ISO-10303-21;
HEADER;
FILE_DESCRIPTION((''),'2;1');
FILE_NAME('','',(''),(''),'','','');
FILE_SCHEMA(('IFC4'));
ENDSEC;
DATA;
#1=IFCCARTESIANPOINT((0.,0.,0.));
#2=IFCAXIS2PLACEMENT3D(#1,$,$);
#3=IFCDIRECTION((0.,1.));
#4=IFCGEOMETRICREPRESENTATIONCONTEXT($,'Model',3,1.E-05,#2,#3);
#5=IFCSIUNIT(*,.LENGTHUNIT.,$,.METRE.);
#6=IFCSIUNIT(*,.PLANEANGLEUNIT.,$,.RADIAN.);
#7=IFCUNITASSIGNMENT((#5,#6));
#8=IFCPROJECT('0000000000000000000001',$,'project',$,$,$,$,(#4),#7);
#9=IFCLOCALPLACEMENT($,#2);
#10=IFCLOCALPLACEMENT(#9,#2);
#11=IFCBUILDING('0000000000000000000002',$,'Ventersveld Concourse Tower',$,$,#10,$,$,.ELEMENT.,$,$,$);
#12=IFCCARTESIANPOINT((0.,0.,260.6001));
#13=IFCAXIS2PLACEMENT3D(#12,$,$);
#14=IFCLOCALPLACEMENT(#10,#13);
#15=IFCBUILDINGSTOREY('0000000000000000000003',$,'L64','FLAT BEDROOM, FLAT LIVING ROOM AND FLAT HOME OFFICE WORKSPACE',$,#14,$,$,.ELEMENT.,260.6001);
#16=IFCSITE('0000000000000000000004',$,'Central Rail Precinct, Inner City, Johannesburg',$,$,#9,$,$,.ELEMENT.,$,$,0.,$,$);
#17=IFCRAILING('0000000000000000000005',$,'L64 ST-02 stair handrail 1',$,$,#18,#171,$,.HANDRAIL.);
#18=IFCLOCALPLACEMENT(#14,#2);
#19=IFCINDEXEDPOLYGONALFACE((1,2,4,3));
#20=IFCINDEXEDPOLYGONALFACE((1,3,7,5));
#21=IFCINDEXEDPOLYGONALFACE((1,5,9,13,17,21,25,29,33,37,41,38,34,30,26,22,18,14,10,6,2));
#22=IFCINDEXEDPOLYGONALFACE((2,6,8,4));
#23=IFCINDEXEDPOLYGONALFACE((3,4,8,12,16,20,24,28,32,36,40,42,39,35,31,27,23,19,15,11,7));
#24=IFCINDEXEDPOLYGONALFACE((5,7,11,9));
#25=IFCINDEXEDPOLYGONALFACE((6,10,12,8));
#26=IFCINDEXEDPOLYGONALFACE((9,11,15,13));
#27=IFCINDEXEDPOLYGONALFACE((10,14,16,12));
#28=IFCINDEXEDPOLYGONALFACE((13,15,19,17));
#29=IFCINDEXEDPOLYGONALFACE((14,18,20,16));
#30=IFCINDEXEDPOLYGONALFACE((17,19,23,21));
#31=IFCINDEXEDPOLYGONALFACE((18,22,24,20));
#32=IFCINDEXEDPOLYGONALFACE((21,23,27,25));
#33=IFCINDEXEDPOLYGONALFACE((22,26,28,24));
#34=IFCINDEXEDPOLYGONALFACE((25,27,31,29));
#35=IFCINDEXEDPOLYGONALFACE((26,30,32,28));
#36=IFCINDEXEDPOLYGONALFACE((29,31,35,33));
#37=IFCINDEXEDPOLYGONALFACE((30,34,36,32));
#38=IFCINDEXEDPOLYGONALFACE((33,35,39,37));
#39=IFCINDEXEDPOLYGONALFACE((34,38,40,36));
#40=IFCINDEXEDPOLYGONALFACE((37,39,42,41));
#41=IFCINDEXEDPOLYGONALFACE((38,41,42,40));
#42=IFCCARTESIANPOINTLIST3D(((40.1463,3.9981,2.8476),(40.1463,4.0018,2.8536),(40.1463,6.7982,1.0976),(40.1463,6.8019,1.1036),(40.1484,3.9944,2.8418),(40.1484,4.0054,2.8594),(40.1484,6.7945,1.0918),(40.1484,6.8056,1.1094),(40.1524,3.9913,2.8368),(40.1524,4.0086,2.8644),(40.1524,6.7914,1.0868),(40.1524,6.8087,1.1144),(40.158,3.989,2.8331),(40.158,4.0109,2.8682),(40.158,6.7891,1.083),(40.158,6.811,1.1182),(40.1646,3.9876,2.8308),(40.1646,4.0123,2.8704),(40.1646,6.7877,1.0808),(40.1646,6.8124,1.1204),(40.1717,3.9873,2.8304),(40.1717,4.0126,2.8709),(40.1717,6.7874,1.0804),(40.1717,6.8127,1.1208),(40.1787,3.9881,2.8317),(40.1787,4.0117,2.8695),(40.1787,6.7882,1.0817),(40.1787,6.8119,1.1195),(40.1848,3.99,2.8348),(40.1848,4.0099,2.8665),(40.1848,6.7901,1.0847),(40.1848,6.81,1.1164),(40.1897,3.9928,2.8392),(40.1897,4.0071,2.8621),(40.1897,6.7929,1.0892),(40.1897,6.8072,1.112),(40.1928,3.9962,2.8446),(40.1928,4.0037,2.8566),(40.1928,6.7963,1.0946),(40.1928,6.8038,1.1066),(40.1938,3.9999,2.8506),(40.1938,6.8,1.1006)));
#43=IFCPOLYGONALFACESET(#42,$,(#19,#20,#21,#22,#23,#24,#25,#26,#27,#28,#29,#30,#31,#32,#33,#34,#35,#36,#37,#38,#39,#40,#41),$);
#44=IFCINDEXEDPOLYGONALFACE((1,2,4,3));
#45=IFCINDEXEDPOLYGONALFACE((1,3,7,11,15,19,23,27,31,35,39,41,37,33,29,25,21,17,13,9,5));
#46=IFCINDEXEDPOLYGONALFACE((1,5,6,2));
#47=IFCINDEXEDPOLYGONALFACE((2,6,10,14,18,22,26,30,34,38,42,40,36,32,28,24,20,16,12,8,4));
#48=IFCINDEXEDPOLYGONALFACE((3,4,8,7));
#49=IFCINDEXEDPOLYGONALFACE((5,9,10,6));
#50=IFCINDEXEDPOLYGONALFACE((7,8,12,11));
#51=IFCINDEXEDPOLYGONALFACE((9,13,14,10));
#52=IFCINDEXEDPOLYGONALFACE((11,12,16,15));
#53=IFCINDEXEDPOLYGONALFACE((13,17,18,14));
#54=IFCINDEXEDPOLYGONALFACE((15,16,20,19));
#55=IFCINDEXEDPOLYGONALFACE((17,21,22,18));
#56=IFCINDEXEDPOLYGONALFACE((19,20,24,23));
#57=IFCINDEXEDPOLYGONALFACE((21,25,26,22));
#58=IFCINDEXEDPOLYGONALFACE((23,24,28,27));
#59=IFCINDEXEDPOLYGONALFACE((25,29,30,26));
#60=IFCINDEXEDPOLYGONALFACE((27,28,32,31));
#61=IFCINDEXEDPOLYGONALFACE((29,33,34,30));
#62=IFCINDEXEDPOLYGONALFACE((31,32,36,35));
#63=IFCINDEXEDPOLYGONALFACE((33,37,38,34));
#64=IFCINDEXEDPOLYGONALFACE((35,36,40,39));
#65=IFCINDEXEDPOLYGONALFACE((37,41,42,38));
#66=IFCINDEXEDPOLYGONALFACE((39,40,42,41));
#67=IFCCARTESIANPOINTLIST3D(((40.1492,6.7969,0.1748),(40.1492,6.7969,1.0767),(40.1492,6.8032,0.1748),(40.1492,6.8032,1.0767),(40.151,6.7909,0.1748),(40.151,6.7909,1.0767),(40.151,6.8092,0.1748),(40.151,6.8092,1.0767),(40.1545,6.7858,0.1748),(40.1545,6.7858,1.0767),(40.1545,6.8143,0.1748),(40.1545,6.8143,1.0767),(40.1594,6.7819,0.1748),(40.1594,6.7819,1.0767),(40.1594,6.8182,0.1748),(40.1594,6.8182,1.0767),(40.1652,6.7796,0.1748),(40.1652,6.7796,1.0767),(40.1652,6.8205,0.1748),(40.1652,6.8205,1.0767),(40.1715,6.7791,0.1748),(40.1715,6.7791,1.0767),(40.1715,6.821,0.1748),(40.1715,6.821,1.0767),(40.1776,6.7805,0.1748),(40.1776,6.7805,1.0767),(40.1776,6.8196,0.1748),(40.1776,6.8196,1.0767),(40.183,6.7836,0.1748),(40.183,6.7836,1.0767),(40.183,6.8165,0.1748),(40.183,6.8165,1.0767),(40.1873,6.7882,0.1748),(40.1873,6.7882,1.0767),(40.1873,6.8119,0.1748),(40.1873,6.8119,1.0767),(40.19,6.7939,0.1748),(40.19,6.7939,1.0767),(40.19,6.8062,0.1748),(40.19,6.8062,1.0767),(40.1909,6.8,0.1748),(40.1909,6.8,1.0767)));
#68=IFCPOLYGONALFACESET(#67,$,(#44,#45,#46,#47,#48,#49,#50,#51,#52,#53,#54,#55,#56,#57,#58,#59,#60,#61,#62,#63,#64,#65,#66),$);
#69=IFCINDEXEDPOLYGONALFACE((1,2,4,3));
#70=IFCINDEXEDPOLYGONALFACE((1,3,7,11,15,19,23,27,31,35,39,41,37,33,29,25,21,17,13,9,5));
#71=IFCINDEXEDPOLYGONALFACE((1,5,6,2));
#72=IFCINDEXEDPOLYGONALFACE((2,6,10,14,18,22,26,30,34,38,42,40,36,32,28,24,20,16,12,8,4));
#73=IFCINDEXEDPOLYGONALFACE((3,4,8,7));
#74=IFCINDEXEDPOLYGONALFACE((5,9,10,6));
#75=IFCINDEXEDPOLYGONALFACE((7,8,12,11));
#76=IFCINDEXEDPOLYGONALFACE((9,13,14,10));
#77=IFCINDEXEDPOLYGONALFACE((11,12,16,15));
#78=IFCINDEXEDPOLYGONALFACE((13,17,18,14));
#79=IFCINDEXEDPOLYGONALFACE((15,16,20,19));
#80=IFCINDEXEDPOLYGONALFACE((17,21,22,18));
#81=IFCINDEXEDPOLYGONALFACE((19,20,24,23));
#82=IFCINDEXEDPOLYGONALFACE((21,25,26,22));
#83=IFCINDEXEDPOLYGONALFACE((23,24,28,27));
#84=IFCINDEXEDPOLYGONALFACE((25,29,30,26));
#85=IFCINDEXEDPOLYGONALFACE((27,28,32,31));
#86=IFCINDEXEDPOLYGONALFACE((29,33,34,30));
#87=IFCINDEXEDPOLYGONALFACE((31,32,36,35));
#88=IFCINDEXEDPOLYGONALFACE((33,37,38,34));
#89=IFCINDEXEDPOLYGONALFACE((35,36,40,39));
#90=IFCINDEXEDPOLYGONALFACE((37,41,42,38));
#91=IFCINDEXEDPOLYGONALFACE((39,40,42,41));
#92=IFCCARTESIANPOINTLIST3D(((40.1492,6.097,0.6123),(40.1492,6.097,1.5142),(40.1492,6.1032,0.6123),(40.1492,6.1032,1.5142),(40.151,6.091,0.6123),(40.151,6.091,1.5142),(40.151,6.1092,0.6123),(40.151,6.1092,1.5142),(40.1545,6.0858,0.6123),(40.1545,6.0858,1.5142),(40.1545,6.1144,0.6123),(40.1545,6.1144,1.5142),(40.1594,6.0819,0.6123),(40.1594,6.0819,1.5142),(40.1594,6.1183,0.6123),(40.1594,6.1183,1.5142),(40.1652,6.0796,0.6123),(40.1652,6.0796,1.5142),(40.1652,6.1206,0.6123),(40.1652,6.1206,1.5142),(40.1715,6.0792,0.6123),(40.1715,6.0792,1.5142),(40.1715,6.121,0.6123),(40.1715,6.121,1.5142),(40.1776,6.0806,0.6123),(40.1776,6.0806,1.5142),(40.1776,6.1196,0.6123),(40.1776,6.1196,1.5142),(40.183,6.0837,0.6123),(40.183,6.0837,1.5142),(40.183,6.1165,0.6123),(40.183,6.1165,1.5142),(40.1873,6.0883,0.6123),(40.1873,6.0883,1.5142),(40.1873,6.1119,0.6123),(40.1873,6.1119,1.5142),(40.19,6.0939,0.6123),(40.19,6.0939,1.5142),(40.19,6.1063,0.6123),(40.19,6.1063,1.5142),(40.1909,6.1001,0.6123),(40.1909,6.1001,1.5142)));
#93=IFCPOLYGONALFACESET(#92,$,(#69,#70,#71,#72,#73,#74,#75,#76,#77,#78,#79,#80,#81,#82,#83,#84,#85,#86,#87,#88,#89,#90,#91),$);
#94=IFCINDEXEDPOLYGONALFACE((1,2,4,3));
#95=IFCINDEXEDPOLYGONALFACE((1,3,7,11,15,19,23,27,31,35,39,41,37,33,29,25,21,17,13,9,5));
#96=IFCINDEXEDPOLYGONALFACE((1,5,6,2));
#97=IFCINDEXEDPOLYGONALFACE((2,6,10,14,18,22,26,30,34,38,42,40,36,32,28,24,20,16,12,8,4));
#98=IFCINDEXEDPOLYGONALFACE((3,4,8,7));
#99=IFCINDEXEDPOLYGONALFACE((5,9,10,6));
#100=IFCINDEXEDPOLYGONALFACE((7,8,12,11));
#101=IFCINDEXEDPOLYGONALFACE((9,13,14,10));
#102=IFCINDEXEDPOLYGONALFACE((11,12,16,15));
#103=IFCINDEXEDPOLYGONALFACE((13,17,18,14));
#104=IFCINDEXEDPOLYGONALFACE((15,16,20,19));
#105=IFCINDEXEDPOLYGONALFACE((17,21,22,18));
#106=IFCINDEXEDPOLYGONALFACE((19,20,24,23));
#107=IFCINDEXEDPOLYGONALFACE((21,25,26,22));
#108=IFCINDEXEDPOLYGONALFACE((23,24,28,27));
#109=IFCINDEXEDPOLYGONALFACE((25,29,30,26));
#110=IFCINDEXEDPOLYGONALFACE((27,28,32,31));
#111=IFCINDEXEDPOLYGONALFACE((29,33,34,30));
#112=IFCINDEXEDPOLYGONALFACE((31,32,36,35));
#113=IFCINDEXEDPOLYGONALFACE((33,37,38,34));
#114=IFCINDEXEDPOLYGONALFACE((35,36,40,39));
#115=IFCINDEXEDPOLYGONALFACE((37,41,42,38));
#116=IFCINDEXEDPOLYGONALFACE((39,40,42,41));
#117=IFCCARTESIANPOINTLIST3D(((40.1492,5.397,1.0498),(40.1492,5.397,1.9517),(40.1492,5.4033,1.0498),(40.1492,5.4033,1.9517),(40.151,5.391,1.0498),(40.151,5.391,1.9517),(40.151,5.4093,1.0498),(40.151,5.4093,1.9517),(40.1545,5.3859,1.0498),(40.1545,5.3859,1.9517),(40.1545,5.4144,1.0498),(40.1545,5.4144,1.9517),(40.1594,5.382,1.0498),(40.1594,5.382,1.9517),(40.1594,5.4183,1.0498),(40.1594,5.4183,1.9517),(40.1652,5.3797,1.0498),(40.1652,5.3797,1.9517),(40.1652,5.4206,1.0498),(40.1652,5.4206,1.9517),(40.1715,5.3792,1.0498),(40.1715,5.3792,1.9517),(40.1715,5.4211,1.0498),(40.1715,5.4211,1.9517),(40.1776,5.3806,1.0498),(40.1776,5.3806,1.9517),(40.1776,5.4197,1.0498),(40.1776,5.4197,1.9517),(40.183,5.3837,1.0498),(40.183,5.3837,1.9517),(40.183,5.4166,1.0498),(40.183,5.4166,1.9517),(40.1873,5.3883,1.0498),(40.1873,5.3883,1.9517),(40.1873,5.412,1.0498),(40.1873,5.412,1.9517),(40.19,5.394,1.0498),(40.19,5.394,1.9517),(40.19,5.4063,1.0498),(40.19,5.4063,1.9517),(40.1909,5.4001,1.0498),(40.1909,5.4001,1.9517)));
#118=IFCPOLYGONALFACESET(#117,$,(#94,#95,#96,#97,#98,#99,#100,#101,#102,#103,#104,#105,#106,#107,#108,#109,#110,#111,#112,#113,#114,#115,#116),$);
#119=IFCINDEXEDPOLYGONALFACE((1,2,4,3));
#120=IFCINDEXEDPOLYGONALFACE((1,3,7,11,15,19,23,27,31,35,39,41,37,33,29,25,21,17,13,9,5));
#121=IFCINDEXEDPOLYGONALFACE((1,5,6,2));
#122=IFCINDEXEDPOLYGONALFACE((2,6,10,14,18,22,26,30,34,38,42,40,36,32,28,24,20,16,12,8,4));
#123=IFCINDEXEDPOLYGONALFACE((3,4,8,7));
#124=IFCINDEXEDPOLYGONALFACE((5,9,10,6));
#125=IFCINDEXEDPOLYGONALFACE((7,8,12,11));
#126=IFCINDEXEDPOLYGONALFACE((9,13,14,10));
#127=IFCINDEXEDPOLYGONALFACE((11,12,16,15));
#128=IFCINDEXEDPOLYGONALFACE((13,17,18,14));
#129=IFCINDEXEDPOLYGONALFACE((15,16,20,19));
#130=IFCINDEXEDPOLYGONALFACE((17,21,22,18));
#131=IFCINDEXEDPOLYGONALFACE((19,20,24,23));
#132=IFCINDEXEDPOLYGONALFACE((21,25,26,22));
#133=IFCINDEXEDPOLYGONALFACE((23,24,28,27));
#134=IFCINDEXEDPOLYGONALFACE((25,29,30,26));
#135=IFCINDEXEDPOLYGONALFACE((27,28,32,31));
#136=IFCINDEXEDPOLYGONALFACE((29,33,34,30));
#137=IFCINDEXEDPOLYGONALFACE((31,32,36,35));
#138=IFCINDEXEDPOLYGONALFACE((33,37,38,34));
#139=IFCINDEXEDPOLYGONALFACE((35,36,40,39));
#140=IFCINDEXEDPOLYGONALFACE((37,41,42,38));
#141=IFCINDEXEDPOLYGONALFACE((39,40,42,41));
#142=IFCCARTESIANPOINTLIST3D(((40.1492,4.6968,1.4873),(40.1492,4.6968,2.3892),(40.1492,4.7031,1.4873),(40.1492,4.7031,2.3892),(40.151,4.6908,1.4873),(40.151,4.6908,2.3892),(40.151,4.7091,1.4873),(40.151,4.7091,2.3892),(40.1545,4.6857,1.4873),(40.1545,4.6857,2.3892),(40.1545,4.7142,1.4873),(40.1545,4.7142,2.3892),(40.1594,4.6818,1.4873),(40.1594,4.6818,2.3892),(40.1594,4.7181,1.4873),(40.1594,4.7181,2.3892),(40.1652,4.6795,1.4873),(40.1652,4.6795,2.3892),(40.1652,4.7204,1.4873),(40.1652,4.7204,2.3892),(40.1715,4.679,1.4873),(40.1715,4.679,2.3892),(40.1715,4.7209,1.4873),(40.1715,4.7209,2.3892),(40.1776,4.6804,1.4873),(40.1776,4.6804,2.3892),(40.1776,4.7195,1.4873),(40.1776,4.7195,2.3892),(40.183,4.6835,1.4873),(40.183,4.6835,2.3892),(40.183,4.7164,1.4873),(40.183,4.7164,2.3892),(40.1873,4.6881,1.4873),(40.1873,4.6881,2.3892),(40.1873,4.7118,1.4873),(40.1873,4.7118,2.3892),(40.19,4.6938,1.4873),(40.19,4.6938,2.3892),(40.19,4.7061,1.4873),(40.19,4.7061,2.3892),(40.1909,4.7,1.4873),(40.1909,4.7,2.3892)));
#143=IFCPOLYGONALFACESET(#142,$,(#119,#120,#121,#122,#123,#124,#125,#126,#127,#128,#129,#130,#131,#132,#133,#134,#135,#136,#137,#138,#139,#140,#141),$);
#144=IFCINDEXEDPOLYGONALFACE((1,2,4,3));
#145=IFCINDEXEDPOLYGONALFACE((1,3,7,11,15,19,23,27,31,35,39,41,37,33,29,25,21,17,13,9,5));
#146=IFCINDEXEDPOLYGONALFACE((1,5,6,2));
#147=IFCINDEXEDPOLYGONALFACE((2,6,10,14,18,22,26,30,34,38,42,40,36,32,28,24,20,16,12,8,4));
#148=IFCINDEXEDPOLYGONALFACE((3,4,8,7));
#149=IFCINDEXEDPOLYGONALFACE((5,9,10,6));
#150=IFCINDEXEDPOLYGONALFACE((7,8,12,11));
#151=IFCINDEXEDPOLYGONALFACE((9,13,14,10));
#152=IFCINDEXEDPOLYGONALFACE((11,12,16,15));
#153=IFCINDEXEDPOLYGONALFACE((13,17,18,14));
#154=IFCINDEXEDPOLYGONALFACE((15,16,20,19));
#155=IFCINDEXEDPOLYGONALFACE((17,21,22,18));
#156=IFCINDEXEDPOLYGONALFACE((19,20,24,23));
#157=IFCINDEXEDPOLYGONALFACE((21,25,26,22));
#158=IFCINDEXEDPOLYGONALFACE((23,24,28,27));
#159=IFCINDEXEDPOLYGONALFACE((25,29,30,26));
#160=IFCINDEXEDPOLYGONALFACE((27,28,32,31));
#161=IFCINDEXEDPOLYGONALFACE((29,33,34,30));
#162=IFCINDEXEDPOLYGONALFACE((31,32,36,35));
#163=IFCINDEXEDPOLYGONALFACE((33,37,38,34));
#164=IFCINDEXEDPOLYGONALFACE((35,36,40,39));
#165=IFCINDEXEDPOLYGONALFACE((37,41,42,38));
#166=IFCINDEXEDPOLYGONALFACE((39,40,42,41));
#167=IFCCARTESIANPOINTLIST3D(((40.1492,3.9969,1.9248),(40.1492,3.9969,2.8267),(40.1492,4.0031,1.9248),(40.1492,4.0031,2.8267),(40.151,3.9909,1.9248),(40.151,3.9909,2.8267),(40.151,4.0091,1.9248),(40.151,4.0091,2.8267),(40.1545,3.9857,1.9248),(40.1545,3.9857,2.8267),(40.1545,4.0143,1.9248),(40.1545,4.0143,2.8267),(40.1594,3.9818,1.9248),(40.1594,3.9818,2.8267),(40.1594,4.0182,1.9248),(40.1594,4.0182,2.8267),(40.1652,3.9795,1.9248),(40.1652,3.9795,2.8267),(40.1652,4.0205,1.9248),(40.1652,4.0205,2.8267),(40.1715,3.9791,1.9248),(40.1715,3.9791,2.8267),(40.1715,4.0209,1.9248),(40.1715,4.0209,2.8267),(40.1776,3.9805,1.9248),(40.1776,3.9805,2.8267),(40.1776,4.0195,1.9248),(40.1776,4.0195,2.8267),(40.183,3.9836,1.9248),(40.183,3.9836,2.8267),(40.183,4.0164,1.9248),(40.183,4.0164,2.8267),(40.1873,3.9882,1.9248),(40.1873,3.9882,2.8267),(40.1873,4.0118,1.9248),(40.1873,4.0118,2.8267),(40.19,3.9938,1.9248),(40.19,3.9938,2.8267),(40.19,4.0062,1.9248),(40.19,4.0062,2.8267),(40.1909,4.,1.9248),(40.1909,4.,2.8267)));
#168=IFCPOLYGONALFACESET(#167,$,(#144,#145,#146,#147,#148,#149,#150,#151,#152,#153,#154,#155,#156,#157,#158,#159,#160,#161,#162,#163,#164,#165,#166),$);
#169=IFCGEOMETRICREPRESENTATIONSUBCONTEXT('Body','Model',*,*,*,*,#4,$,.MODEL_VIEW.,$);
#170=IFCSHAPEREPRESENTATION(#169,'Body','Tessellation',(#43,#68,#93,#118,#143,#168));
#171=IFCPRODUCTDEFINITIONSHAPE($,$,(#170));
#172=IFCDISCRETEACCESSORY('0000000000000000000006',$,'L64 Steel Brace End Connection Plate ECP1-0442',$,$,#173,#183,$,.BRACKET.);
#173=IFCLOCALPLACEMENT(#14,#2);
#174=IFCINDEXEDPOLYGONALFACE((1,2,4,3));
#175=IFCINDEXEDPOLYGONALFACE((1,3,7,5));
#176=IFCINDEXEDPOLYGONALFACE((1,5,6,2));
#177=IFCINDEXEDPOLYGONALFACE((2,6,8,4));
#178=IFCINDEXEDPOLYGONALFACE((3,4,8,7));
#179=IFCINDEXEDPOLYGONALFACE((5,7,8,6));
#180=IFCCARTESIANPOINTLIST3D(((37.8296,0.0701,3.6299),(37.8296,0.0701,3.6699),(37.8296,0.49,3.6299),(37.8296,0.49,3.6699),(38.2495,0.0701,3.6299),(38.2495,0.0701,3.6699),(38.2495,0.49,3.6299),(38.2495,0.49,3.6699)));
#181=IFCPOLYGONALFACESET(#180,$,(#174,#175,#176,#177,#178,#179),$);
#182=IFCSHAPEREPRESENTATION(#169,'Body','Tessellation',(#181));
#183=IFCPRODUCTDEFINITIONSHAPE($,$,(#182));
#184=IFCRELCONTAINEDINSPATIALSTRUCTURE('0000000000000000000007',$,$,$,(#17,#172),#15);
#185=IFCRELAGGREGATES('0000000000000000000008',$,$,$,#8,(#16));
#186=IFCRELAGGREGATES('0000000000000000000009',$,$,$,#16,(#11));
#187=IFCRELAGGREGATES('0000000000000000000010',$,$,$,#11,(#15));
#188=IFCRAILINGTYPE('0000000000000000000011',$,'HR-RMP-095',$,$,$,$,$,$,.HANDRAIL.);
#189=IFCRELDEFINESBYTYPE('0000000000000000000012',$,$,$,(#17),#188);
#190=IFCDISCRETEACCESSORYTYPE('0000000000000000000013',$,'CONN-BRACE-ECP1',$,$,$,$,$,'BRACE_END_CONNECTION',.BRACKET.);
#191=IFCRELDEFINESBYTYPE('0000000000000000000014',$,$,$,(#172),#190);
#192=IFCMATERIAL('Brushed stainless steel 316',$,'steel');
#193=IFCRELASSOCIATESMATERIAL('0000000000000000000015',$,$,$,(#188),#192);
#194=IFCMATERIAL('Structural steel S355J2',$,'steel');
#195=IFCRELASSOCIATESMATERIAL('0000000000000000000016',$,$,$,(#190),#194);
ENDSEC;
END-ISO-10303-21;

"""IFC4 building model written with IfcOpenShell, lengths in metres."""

from ifc_helpers import new_model, si_unit, direction, frame, origin, origin_2d, place, context, subcontext, project, spatial, rectangle, circle, extrude, material, type_object, element, save


model = new_model("IFC4")

# Units and contexts
model_context = context("Model", 3, precision=1e-05, world=origin(), true_north=direction((0.0, 1.0)))
body_context = subcontext(model_context, "Body", "Model", "MODEL_VIEW")
ifc_project = project(units=[si_unit("LENGTHUNIT", "METRE"), si_unit("PLANEANGLEUNIT", "RADIAN")], contexts=[model_context])

# Site, building, storey
site_placement = place(None, origin())
site = spatial("IfcSite", under=ifc_project, at=site_placement, Name="Central Rail Precinct, Inner City, Johannesburg", CompositionType="ELEMENT", RefElevation=0.0)
building_placement = place(site_placement, origin())
building = spatial("IfcBuilding", under=site, at=building_placement, Name="Ventersveld Concourse Tower", CompositionType="ELEMENT")
storey_placement = place(building_placement, frame((0.0, 0.0, 260.6001)))
storey = spatial("IfcBuildingStorey", under=building, at=storey_placement, Name="L64", Description="FLAT BEDROOM, FLAT LIVING ROOM AND FLAT HOME OFFICE WORKSPACE", CompositionType="ELEMENT", Elevation=260.6001)

# Shared definitions
ifc_material_1 = material(Name="Brushed stainless steel 316", Category="steel")

# Railing
railing_type_1 = type_object("IfcRailingType", Name="HR-RMP-095", PredefinedType="HANDRAIL", material=ifc_material_1)
railing_1_placement = place(storey_placement, frame((40.1699, 6.8, 0.1748)))
element("IfcRailing", 1, at=railing_1_placement, inside=storey, type_object=railing_type_1, Name="L64 ST-02 stair handrail 1", PredefinedType="HANDRAIL", context=body_context, shape_type="SweptSolid", body=[
    extrude(circle(Radius=0.0239, at=origin_2d()), frame((0.0, 0.0, 0.9258), z_axis=(0.0, -0.848002, 0.529992), x_axis=(1.0, 0.0, 0.0)), (0.0, 0.0, 1.0), 3.302),
    extrude(circle(Radius=0.021, at=origin_2d()), origin(), (0.0, 0.0, 1.0), 0.9019),
    extrude(circle(Radius=0.021, at=origin_2d()), frame((0.0, -0.7, 0.4375)), (0.0, 0.0, 1.0), 0.9019),
    extrude(circle(Radius=0.021, at=origin_2d()), frame((0.0, -1.3999, 0.875)), (0.0, 0.0, 1.0), 0.9019),
    extrude(circle(Radius=0.021, at=origin_2d()), frame((0.0, -2.1001, 1.3125)), (0.0, 0.0, 1.0), 0.9019),
    extrude(circle(Radius=0.021, at=origin_2d()), frame((0.0, -2.8, 1.75)), (0.0, 0.0, 1.0), 0.9019),
])

# Discrete accessory
ifc_material_2 = material(Name="Structural steel S355J2", Category="steel")
discrete_accessory_type = type_object("IfcDiscreteAccessoryType", Name="CONN-BRACE-ECP1", ElementType="BRACE_END_CONNECTION", PredefinedType="BRACKET", material=ifc_material_2)
discrete_accessory_placement = place(storey_placement, frame((38.0396, 0.28, 3.6299), z_axis=(0.0, 0.0, 1.0), x_axis=(1.0, 0.0, 0.0)))
element("IfcDiscreteAccessory", 2, at=discrete_accessory_placement, inside=storey, type_object=discrete_accessory_type, Name="L64 Steel Brace End Connection Plate ECP1-0442", PredefinedType="BRACKET", context=body_context, shape_type="SweptSolid", body=[
    extrude(rectangle(XDim=0.4199, YDim=0.4199, at=origin_2d()), origin(), (0.0, 0.0, 1.0), 0.04),
])

save(model, "model.ifc")
